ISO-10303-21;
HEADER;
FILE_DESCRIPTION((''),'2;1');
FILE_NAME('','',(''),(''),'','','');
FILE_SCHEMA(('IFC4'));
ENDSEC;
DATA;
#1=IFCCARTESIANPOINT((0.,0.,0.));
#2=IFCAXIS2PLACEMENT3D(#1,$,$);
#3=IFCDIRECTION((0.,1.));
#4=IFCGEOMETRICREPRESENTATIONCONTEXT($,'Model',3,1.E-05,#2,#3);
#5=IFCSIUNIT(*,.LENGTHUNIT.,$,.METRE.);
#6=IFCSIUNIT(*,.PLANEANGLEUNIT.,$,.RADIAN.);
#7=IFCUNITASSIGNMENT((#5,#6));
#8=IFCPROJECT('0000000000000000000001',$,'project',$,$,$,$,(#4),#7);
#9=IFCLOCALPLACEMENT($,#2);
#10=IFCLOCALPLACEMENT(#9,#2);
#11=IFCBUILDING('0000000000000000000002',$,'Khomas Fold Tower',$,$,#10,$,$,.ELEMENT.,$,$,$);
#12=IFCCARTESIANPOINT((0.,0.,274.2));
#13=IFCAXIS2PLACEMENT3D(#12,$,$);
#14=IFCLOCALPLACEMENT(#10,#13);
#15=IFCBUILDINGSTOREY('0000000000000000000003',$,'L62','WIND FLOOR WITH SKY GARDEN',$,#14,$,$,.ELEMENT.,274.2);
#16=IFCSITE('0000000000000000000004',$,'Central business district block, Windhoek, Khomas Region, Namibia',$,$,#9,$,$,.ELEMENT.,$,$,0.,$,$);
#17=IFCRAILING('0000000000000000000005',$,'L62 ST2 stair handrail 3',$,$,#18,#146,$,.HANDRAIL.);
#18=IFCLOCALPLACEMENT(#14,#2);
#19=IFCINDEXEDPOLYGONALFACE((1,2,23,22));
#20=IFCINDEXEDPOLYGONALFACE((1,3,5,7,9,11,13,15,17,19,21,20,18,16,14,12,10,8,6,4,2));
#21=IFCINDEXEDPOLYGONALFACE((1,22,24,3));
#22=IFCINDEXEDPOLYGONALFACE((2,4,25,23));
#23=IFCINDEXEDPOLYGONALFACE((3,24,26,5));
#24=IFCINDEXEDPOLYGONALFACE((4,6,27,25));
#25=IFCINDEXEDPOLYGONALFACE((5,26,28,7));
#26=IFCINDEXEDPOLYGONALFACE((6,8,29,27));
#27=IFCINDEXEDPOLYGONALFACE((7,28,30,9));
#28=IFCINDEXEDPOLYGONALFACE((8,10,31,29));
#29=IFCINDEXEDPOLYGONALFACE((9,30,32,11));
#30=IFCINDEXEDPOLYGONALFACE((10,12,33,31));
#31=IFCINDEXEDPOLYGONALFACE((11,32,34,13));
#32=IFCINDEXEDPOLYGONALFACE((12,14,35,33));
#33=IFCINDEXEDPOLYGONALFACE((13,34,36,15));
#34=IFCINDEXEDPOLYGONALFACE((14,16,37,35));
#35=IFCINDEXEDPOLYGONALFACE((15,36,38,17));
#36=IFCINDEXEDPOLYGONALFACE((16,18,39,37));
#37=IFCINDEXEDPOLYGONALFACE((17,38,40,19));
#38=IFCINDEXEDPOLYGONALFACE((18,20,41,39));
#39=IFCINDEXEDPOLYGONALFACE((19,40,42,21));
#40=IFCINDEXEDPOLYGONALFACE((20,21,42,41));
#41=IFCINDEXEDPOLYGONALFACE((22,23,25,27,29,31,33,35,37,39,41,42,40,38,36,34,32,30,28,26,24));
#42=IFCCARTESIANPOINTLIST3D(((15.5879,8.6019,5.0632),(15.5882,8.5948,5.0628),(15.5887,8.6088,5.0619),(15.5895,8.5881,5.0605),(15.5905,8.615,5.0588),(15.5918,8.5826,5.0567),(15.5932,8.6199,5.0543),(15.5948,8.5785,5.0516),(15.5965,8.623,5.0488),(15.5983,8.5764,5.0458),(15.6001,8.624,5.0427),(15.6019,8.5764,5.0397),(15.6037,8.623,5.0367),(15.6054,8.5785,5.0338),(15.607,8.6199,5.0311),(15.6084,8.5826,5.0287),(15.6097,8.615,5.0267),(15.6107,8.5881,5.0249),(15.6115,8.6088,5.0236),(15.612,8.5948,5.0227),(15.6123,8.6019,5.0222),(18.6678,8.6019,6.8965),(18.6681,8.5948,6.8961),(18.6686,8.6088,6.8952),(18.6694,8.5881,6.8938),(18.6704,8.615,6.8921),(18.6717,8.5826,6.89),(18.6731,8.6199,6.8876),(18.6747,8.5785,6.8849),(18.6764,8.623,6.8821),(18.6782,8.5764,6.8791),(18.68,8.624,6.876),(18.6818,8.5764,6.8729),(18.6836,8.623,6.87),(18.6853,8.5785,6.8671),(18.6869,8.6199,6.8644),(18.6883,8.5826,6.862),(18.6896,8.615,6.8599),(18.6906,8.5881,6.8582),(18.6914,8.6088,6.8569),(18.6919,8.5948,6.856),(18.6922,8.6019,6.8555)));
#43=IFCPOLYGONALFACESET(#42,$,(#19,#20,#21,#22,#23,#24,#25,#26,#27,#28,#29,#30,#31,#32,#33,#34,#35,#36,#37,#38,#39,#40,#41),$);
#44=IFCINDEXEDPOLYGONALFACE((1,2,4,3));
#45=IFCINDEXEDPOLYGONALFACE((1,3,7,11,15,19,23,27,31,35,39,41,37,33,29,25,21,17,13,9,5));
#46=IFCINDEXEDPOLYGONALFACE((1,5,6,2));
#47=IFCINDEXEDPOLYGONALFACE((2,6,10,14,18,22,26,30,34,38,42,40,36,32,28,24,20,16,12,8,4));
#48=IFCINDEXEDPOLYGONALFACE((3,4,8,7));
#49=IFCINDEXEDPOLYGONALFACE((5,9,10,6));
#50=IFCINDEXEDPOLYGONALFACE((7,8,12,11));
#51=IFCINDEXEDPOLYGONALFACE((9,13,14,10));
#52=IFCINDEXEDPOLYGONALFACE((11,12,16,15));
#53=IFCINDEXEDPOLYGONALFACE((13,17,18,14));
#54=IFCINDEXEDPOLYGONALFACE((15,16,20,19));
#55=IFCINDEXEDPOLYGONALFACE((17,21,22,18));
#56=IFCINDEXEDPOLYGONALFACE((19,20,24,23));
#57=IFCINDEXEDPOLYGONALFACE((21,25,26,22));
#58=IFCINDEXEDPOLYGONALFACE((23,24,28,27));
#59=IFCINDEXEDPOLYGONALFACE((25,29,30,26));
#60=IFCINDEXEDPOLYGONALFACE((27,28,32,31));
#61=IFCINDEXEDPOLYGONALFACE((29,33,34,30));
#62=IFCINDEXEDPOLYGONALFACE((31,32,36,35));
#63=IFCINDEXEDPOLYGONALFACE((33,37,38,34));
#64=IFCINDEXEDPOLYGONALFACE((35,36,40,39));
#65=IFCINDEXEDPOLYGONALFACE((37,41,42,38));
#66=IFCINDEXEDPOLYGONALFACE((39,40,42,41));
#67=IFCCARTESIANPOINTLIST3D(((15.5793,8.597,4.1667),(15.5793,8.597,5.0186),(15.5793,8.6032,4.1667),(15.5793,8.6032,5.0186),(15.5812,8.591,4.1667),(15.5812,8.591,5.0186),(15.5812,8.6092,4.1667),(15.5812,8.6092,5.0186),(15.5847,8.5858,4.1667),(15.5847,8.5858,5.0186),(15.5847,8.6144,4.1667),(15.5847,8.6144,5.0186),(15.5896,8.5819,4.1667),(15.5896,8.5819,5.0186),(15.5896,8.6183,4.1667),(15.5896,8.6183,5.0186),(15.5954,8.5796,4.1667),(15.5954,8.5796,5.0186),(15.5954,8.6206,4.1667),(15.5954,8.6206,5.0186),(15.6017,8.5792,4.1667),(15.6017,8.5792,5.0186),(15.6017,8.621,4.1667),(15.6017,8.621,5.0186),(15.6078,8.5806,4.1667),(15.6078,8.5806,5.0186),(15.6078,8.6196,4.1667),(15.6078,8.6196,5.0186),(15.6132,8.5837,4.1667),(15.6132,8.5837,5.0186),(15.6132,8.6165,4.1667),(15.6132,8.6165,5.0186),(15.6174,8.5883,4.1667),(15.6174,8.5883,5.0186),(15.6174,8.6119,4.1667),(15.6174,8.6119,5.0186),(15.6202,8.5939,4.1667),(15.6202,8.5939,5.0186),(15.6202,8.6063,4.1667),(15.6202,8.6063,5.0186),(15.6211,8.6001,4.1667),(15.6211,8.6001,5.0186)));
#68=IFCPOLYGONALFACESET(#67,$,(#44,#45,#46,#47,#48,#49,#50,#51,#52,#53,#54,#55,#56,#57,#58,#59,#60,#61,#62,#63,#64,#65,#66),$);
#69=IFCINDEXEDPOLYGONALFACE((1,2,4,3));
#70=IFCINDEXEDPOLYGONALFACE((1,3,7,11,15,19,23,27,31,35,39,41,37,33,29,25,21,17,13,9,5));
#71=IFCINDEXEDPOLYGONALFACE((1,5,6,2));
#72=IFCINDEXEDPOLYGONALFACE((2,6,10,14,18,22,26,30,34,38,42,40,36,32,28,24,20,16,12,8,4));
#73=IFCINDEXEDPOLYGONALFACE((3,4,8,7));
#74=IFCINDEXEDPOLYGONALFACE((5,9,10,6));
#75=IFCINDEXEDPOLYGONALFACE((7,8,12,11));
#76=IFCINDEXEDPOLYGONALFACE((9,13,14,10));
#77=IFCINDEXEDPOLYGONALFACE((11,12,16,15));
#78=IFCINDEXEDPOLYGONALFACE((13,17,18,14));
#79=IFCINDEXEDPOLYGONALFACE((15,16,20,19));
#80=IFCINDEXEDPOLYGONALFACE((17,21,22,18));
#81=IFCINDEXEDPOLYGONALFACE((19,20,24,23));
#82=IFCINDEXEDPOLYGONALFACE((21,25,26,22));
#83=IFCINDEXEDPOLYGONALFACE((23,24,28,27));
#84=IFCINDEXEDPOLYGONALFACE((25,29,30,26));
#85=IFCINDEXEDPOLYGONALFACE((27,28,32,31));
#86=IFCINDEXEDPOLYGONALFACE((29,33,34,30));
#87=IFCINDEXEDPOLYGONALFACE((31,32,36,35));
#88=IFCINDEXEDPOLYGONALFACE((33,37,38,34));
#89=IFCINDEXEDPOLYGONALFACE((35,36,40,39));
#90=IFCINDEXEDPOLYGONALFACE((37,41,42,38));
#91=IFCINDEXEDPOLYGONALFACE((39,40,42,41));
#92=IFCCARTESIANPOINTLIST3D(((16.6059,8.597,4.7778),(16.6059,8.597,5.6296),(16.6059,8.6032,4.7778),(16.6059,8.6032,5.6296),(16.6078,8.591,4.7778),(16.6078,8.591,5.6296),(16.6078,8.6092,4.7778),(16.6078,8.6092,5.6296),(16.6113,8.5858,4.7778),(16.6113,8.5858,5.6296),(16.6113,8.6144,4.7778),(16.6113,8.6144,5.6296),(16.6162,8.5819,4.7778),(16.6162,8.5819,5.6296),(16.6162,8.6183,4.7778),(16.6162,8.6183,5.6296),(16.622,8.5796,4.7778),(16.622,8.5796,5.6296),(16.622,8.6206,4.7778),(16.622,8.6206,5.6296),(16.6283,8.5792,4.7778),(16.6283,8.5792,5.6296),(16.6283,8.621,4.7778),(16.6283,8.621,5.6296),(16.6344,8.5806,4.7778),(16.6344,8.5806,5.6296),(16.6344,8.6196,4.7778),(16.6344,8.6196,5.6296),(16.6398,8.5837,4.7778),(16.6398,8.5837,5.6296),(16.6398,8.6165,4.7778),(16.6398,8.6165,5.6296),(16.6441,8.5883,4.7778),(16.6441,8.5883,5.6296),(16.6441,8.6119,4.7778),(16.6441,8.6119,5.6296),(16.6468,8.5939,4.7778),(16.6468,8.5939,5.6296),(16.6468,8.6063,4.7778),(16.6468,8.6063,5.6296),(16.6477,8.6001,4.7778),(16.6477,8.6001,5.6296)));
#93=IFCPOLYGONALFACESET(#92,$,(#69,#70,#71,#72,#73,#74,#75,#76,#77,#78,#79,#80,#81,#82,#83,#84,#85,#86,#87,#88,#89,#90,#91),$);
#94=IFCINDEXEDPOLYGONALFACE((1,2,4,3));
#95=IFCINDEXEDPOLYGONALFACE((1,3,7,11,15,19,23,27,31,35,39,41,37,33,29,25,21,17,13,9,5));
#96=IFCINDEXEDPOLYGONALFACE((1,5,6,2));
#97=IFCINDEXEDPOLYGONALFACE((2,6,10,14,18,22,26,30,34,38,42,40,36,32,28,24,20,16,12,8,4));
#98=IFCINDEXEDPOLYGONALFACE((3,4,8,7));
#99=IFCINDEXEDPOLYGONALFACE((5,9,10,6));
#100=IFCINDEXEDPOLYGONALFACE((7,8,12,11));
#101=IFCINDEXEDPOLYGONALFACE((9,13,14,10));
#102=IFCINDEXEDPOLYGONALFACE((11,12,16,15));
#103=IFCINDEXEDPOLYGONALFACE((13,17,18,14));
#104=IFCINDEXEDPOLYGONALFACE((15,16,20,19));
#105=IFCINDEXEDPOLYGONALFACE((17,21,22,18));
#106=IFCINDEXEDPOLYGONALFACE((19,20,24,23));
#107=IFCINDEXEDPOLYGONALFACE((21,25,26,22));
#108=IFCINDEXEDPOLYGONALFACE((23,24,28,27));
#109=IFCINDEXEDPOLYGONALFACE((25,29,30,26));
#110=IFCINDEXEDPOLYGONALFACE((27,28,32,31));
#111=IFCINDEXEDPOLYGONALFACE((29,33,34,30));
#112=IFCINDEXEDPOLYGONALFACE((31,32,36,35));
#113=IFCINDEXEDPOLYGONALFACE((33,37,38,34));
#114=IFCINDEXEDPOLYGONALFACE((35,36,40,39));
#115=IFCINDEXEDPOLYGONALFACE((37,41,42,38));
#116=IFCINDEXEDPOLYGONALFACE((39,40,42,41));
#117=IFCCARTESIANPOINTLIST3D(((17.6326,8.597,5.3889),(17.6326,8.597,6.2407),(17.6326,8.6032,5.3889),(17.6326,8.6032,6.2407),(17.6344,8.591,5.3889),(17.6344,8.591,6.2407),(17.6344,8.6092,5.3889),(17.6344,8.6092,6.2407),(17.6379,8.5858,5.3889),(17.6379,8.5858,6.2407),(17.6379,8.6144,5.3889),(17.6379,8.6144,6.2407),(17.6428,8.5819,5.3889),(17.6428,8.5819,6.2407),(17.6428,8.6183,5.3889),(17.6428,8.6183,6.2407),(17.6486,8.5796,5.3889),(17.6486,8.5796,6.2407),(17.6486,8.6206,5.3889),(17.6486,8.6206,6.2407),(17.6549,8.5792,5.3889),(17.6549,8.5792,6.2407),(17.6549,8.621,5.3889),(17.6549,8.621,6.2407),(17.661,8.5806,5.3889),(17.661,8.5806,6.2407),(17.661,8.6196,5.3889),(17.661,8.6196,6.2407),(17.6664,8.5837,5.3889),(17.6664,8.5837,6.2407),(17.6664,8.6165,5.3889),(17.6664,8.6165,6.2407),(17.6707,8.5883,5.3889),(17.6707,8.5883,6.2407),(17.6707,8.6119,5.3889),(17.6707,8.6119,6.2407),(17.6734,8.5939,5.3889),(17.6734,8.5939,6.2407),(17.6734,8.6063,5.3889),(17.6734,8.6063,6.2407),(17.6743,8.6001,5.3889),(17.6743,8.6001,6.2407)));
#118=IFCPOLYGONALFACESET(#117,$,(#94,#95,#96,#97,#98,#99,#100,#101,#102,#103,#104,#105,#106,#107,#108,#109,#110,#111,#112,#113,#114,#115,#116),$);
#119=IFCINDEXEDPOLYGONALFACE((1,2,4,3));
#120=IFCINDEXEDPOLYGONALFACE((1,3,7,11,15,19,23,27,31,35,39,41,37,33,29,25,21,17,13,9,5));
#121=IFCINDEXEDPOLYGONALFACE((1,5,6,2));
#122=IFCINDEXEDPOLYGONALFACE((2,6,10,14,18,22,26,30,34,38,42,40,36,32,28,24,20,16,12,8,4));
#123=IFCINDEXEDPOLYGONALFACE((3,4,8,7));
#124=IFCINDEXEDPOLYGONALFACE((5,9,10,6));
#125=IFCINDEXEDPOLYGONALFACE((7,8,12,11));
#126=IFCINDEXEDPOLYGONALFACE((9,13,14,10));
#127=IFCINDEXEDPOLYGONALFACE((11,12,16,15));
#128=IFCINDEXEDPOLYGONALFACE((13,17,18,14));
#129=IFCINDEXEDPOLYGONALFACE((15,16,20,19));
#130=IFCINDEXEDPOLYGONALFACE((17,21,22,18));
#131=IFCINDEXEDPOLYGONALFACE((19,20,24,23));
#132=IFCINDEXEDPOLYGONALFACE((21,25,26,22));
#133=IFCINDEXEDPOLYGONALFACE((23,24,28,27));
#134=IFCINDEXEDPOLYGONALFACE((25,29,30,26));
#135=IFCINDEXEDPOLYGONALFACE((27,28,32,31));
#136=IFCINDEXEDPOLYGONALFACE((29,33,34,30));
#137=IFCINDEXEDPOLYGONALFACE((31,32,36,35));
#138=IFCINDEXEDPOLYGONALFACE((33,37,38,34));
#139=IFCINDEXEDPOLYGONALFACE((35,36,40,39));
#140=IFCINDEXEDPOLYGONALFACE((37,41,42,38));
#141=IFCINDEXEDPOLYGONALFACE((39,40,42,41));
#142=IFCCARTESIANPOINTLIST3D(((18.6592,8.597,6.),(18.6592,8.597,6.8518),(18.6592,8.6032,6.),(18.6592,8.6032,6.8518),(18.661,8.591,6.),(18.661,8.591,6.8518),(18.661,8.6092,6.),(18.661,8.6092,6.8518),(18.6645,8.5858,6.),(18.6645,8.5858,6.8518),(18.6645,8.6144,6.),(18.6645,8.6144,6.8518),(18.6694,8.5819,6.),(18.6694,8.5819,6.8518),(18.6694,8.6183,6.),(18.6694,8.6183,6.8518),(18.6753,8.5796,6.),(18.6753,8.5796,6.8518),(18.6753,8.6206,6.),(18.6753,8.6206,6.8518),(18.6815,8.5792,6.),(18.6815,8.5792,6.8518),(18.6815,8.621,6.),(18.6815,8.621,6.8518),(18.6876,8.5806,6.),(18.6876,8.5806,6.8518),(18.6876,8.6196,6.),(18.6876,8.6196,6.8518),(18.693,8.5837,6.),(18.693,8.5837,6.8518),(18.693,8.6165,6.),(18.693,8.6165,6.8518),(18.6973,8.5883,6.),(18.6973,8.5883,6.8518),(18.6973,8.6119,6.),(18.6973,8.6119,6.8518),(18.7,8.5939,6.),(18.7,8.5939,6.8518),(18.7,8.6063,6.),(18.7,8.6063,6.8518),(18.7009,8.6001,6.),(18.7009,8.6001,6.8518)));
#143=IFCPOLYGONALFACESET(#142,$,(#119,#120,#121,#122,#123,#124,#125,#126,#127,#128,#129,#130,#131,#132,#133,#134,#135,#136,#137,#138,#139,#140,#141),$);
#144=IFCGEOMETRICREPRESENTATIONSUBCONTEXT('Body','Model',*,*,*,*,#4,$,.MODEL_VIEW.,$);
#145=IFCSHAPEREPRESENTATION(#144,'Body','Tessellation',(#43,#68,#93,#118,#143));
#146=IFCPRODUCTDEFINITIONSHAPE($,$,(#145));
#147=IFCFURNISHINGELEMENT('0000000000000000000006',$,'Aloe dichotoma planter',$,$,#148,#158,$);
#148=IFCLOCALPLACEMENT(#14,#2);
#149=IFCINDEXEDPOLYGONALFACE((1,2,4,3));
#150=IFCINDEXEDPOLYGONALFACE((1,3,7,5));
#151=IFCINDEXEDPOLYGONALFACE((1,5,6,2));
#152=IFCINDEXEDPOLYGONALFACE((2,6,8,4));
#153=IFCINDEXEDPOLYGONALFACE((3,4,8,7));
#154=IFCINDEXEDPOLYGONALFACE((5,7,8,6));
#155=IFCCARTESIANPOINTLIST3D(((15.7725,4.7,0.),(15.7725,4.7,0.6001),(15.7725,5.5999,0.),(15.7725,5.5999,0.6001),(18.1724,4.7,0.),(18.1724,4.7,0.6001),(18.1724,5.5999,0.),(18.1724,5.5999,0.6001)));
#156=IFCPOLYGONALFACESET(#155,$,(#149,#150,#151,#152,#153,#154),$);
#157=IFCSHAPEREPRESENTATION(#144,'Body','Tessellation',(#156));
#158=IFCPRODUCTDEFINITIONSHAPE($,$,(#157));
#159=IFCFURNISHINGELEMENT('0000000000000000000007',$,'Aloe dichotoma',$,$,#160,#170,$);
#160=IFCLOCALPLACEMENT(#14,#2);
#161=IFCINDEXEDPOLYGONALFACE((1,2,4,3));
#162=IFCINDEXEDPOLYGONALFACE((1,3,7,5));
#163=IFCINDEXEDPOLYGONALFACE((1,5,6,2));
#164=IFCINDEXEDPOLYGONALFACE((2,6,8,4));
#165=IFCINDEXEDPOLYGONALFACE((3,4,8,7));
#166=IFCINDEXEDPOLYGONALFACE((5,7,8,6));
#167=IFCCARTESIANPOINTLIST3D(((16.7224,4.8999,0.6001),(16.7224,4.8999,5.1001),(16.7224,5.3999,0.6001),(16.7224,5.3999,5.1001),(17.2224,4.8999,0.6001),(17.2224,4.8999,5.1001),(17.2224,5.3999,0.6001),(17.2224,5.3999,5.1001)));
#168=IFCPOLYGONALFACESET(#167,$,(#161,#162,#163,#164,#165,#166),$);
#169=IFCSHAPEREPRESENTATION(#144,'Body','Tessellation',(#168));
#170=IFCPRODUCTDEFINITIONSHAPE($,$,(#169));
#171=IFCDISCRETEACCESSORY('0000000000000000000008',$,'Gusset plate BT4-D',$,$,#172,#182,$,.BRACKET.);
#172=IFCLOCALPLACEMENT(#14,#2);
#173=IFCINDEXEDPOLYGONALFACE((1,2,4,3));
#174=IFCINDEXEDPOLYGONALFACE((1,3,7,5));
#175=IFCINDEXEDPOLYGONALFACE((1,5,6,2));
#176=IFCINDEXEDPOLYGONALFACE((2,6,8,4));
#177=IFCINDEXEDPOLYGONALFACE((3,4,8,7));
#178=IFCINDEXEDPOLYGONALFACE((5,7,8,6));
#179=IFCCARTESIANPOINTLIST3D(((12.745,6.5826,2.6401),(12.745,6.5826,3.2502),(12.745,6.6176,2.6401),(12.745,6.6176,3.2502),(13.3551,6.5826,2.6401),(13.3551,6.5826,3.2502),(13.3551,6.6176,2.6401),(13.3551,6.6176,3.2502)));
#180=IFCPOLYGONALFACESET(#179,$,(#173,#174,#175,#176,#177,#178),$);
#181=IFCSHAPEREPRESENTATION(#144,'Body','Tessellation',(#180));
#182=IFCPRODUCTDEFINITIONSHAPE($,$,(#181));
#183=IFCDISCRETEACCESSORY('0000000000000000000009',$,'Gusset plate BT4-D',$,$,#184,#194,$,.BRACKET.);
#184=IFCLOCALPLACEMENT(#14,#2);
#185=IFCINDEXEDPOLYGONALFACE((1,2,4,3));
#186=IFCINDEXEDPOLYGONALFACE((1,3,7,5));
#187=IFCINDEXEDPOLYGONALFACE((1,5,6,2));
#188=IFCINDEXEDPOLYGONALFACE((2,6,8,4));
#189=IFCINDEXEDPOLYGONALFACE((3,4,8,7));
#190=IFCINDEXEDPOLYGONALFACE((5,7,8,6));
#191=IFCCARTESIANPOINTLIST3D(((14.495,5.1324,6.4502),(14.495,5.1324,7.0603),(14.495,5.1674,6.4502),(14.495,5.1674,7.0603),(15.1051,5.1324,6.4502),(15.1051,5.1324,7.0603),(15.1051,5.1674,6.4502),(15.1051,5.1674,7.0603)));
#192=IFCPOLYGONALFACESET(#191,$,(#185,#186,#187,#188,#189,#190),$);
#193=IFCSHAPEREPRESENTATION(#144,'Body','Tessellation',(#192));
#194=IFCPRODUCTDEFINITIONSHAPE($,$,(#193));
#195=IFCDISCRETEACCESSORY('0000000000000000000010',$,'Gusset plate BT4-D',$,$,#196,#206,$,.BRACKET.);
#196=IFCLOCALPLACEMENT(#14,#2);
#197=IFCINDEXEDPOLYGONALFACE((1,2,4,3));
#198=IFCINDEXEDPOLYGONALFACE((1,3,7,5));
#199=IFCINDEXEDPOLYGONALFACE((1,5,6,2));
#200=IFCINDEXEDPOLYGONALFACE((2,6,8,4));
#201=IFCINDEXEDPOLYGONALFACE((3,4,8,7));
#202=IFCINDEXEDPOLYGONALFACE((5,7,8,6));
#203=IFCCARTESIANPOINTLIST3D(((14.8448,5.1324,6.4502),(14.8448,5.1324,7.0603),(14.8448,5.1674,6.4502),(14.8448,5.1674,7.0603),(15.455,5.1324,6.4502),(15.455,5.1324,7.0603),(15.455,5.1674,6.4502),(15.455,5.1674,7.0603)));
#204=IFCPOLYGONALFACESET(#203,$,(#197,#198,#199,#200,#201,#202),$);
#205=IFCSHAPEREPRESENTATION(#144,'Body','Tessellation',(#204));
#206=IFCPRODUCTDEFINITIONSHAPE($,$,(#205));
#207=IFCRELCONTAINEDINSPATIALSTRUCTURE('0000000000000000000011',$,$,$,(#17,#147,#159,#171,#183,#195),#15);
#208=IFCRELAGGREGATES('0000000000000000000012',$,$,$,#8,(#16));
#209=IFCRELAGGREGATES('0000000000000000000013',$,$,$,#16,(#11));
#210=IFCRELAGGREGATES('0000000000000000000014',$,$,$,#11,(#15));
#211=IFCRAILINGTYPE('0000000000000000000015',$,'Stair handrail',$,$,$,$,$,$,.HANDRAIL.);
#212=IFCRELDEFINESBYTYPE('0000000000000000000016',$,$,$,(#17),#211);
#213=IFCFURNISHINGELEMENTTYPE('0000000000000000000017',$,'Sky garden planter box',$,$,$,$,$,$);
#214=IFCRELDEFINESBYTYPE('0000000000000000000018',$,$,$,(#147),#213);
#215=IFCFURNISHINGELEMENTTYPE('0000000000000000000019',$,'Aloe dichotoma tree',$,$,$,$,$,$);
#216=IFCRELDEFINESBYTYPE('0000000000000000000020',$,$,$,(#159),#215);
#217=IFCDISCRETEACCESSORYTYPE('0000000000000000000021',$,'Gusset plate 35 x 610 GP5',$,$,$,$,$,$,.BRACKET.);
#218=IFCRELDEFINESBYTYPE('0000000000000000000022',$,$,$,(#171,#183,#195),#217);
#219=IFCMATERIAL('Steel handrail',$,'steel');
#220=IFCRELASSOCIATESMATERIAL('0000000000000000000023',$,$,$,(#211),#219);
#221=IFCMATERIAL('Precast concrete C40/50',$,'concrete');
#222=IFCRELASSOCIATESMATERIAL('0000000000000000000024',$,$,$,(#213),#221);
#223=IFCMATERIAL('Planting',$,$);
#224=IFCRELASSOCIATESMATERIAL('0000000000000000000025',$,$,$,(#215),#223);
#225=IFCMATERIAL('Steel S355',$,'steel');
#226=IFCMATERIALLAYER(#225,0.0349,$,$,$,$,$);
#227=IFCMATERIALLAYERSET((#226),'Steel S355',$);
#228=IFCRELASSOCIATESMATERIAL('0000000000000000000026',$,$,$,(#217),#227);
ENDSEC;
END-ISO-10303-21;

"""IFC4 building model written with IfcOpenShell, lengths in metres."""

from ifc_helpers import new_model, si_unit, direction, frame, origin, origin_2d, place, context, subcontext, project, spatial, rectangle, circle, extrude, source, transform, mapped, material, layer, layer_set, type_object, element, save


model = new_model("IFC4")

# Units and contexts
model_context = context("Model", 3, precision=1e-05, world=origin(), true_north=direction((0.0, 1.0)))
body_context = subcontext(model_context, "Body", "Model", "MODEL_VIEW")
ifc_project = project(units=[si_unit("LENGTHUNIT", "METRE"), si_unit("PLANEANGLEUNIT", "RADIAN")], contexts=[model_context])

# Site, building, storey
site_placement = place(None, origin())
site = spatial("IfcSite", under=ifc_project, at=site_placement, Name="Central business district block, Windhoek, Khomas Region, Namibia", CompositionType="ELEMENT", RefElevation=0.0)
building_placement = place(site_placement, origin())
building = spatial("IfcBuilding", under=site, at=building_placement, Name="Khomas Fold Tower", CompositionType="ELEMENT")
storey_placement = place(building_placement, frame((0.0, 0.0, 274.2)))
storey = spatial("IfcBuildingStorey", under=building, at=storey_placement, Name="L62", Description="WIND FLOOR WITH SKY GARDEN", CompositionType="ELEMENT", Elevation=274.2)

# Railing
ifc_material_1 = material(Name="Steel handrail", Category="steel")
railing_type_1 = type_object("IfcRailingType", Name="Stair handrail", PredefinedType="HANDRAIL", material=ifc_material_1)
shared_shape_1 = source(origin(), body_context, "Body", "SweptSolid", [
    extrude(circle(Radius=0.0239, at=origin_2d()), frame((0.0, 0.0, 0.876), z_axis=(0.859291, 0.0, 0.511487), x_axis=(0.0, 1.0, 0.0)), (0.0, 0.0, 1.0), 3.5842),
    extrude(circle(Radius=0.021, at=origin_2d()), origin(), (0.0, 0.0, 1.0), 0.8518),
    extrude(circle(Radius=0.021, at=origin_2d()), frame((1.0266, 0.0, 0.6111)), (0.0, 0.0, 1.0), 0.8518),
    extrude(circle(Radius=0.021, at=origin_2d()), frame((2.0532, 0.0, 1.2222)), (0.0, 0.0, 1.0), 0.8518),
    extrude(circle(Radius=0.021, at=origin_2d()), frame((3.0798, 0.0, 1.8333)), (0.0, 0.0, 1.0), 0.8518),
])
for number, where, name in (
    (1, (15.6001, 8.6001, 4.1667), "L62 ST2 stair handrail 3"),
):
    element("IfcRailing", number, at=place(storey_placement, frame(where)), inside=storey, type_object=railing_type_1, Name=name, PredefinedType="HANDRAIL", context=body_context, shape_type="MappedRepresentation", body=[
        mapped(shared_shape_1, transform((0.0, 0.0, 0.0))),
    ])

# Furnishing elements
ifc_material_2 = material(Name="Precast concrete C40/50", Category="concrete")
furnishing_element_type_1 = type_object("IfcFurnishingElementType", Name="Sky garden planter box", material=ifc_material_2)
shared_shape_2 = source(origin(), body_context, "Body", "SweptSolid", [
    extrude(rectangle(XDim=2.3999, YDim=0.8999, at=origin_2d()), origin(), (0.0, 0.0, 1.0), 0.6001),
])
furnishing_1_placement = place(storey_placement, frame((16.9724, 5.1499, 0.0), z_axis=(0.0, 0.0, 1.0), x_axis=(-1.0, 0.0, 0.0)))
element("IfcFurnishingElement", 2, at=furnishing_1_placement, inside=storey, type_object=furnishing_element_type_1, Name="Aloe dichotoma planter", context=body_context, shape_type="MappedRepresentation", body=[
    mapped(shared_shape_2, transform((0.0, 0.0, 0.0))),
])
ifc_material_3 = material(Name="Planting")
furnishing_element_type_2 = type_object("IfcFurnishingElementType", Name="Aloe dichotoma tree", material=ifc_material_3)
shared_shape_3 = source(origin(), body_context, "Body", "SweptSolid", [
    extrude(rectangle(XDim=0.5, YDim=0.5, at=origin_2d()), origin(), (0.0, 0.0, 1.0), 4.5),
])
furnishing_2_placement = place(storey_placement, frame((16.9724, 5.1499, 0.6001), z_axis=(0.0, 0.0, 1.0), x_axis=(1.0, 0.0, 0.0)))
element("IfcFurnishingElement", 3, at=furnishing_2_placement, inside=storey, type_object=furnishing_element_type_2, Name="Aloe dichotoma", context=body_context, shape_type="MappedRepresentation", body=[
    mapped(shared_shape_3, transform((0.0, 0.0, 0.0))),
])

# Discrete accessories
ifc_material_4 = material(Name="Steel S355", Category="steel")
ifc_layer_1 = layer(ifc_material_4, 0.0349)
ifc_layer_set_1 = layer_set([ifc_layer_1], Name="Steel S355")
discrete_accessory_type = type_object("IfcDiscreteAccessoryType", Name="Gusset plate 35 x 610 GP5", PredefinedType="BRACKET", material=ifc_layer_set_1)
shared_shape_4 = source(origin(), body_context, "Body", "SweptSolid", [
    extrude(rectangle(XDim=0.6101, YDim=0.0349, at=origin_2d()), origin(), (0.0, 0.0, 1.0), 0.6101),
])
for number, where, z_axis, x_axis, name in (
    (4, (13.05, 6.6001, 2.6401), (0.0, 0.0, 1.0), (1.0, 0.0, 0.0), "Gusset plate BT4-D"),
    (5, (14.8, 5.1499, 6.4502), (0.0, 0.0, 1.0), (1.0, 0.0, 0.0), "Gusset plate BT4-D"),
    (6, (15.1499, 5.1499, 6.4502), (0.0, 0.0, 1.0), (1.0, 0.0, 0.0), "Gusset plate BT4-D"),
):
    element("IfcDiscreteAccessory", number, at=place(storey_placement, frame(where, z_axis=z_axis, x_axis=x_axis)), inside=storey, type_object=discrete_accessory_type, Name=name, PredefinedType="BRACKET", context=body_context, shape_type="MappedRepresentation", body=[
        mapped(shared_shape_4, transform((0.0, 0.0, 0.0))),
    ])

save(model, "model.ifc")
